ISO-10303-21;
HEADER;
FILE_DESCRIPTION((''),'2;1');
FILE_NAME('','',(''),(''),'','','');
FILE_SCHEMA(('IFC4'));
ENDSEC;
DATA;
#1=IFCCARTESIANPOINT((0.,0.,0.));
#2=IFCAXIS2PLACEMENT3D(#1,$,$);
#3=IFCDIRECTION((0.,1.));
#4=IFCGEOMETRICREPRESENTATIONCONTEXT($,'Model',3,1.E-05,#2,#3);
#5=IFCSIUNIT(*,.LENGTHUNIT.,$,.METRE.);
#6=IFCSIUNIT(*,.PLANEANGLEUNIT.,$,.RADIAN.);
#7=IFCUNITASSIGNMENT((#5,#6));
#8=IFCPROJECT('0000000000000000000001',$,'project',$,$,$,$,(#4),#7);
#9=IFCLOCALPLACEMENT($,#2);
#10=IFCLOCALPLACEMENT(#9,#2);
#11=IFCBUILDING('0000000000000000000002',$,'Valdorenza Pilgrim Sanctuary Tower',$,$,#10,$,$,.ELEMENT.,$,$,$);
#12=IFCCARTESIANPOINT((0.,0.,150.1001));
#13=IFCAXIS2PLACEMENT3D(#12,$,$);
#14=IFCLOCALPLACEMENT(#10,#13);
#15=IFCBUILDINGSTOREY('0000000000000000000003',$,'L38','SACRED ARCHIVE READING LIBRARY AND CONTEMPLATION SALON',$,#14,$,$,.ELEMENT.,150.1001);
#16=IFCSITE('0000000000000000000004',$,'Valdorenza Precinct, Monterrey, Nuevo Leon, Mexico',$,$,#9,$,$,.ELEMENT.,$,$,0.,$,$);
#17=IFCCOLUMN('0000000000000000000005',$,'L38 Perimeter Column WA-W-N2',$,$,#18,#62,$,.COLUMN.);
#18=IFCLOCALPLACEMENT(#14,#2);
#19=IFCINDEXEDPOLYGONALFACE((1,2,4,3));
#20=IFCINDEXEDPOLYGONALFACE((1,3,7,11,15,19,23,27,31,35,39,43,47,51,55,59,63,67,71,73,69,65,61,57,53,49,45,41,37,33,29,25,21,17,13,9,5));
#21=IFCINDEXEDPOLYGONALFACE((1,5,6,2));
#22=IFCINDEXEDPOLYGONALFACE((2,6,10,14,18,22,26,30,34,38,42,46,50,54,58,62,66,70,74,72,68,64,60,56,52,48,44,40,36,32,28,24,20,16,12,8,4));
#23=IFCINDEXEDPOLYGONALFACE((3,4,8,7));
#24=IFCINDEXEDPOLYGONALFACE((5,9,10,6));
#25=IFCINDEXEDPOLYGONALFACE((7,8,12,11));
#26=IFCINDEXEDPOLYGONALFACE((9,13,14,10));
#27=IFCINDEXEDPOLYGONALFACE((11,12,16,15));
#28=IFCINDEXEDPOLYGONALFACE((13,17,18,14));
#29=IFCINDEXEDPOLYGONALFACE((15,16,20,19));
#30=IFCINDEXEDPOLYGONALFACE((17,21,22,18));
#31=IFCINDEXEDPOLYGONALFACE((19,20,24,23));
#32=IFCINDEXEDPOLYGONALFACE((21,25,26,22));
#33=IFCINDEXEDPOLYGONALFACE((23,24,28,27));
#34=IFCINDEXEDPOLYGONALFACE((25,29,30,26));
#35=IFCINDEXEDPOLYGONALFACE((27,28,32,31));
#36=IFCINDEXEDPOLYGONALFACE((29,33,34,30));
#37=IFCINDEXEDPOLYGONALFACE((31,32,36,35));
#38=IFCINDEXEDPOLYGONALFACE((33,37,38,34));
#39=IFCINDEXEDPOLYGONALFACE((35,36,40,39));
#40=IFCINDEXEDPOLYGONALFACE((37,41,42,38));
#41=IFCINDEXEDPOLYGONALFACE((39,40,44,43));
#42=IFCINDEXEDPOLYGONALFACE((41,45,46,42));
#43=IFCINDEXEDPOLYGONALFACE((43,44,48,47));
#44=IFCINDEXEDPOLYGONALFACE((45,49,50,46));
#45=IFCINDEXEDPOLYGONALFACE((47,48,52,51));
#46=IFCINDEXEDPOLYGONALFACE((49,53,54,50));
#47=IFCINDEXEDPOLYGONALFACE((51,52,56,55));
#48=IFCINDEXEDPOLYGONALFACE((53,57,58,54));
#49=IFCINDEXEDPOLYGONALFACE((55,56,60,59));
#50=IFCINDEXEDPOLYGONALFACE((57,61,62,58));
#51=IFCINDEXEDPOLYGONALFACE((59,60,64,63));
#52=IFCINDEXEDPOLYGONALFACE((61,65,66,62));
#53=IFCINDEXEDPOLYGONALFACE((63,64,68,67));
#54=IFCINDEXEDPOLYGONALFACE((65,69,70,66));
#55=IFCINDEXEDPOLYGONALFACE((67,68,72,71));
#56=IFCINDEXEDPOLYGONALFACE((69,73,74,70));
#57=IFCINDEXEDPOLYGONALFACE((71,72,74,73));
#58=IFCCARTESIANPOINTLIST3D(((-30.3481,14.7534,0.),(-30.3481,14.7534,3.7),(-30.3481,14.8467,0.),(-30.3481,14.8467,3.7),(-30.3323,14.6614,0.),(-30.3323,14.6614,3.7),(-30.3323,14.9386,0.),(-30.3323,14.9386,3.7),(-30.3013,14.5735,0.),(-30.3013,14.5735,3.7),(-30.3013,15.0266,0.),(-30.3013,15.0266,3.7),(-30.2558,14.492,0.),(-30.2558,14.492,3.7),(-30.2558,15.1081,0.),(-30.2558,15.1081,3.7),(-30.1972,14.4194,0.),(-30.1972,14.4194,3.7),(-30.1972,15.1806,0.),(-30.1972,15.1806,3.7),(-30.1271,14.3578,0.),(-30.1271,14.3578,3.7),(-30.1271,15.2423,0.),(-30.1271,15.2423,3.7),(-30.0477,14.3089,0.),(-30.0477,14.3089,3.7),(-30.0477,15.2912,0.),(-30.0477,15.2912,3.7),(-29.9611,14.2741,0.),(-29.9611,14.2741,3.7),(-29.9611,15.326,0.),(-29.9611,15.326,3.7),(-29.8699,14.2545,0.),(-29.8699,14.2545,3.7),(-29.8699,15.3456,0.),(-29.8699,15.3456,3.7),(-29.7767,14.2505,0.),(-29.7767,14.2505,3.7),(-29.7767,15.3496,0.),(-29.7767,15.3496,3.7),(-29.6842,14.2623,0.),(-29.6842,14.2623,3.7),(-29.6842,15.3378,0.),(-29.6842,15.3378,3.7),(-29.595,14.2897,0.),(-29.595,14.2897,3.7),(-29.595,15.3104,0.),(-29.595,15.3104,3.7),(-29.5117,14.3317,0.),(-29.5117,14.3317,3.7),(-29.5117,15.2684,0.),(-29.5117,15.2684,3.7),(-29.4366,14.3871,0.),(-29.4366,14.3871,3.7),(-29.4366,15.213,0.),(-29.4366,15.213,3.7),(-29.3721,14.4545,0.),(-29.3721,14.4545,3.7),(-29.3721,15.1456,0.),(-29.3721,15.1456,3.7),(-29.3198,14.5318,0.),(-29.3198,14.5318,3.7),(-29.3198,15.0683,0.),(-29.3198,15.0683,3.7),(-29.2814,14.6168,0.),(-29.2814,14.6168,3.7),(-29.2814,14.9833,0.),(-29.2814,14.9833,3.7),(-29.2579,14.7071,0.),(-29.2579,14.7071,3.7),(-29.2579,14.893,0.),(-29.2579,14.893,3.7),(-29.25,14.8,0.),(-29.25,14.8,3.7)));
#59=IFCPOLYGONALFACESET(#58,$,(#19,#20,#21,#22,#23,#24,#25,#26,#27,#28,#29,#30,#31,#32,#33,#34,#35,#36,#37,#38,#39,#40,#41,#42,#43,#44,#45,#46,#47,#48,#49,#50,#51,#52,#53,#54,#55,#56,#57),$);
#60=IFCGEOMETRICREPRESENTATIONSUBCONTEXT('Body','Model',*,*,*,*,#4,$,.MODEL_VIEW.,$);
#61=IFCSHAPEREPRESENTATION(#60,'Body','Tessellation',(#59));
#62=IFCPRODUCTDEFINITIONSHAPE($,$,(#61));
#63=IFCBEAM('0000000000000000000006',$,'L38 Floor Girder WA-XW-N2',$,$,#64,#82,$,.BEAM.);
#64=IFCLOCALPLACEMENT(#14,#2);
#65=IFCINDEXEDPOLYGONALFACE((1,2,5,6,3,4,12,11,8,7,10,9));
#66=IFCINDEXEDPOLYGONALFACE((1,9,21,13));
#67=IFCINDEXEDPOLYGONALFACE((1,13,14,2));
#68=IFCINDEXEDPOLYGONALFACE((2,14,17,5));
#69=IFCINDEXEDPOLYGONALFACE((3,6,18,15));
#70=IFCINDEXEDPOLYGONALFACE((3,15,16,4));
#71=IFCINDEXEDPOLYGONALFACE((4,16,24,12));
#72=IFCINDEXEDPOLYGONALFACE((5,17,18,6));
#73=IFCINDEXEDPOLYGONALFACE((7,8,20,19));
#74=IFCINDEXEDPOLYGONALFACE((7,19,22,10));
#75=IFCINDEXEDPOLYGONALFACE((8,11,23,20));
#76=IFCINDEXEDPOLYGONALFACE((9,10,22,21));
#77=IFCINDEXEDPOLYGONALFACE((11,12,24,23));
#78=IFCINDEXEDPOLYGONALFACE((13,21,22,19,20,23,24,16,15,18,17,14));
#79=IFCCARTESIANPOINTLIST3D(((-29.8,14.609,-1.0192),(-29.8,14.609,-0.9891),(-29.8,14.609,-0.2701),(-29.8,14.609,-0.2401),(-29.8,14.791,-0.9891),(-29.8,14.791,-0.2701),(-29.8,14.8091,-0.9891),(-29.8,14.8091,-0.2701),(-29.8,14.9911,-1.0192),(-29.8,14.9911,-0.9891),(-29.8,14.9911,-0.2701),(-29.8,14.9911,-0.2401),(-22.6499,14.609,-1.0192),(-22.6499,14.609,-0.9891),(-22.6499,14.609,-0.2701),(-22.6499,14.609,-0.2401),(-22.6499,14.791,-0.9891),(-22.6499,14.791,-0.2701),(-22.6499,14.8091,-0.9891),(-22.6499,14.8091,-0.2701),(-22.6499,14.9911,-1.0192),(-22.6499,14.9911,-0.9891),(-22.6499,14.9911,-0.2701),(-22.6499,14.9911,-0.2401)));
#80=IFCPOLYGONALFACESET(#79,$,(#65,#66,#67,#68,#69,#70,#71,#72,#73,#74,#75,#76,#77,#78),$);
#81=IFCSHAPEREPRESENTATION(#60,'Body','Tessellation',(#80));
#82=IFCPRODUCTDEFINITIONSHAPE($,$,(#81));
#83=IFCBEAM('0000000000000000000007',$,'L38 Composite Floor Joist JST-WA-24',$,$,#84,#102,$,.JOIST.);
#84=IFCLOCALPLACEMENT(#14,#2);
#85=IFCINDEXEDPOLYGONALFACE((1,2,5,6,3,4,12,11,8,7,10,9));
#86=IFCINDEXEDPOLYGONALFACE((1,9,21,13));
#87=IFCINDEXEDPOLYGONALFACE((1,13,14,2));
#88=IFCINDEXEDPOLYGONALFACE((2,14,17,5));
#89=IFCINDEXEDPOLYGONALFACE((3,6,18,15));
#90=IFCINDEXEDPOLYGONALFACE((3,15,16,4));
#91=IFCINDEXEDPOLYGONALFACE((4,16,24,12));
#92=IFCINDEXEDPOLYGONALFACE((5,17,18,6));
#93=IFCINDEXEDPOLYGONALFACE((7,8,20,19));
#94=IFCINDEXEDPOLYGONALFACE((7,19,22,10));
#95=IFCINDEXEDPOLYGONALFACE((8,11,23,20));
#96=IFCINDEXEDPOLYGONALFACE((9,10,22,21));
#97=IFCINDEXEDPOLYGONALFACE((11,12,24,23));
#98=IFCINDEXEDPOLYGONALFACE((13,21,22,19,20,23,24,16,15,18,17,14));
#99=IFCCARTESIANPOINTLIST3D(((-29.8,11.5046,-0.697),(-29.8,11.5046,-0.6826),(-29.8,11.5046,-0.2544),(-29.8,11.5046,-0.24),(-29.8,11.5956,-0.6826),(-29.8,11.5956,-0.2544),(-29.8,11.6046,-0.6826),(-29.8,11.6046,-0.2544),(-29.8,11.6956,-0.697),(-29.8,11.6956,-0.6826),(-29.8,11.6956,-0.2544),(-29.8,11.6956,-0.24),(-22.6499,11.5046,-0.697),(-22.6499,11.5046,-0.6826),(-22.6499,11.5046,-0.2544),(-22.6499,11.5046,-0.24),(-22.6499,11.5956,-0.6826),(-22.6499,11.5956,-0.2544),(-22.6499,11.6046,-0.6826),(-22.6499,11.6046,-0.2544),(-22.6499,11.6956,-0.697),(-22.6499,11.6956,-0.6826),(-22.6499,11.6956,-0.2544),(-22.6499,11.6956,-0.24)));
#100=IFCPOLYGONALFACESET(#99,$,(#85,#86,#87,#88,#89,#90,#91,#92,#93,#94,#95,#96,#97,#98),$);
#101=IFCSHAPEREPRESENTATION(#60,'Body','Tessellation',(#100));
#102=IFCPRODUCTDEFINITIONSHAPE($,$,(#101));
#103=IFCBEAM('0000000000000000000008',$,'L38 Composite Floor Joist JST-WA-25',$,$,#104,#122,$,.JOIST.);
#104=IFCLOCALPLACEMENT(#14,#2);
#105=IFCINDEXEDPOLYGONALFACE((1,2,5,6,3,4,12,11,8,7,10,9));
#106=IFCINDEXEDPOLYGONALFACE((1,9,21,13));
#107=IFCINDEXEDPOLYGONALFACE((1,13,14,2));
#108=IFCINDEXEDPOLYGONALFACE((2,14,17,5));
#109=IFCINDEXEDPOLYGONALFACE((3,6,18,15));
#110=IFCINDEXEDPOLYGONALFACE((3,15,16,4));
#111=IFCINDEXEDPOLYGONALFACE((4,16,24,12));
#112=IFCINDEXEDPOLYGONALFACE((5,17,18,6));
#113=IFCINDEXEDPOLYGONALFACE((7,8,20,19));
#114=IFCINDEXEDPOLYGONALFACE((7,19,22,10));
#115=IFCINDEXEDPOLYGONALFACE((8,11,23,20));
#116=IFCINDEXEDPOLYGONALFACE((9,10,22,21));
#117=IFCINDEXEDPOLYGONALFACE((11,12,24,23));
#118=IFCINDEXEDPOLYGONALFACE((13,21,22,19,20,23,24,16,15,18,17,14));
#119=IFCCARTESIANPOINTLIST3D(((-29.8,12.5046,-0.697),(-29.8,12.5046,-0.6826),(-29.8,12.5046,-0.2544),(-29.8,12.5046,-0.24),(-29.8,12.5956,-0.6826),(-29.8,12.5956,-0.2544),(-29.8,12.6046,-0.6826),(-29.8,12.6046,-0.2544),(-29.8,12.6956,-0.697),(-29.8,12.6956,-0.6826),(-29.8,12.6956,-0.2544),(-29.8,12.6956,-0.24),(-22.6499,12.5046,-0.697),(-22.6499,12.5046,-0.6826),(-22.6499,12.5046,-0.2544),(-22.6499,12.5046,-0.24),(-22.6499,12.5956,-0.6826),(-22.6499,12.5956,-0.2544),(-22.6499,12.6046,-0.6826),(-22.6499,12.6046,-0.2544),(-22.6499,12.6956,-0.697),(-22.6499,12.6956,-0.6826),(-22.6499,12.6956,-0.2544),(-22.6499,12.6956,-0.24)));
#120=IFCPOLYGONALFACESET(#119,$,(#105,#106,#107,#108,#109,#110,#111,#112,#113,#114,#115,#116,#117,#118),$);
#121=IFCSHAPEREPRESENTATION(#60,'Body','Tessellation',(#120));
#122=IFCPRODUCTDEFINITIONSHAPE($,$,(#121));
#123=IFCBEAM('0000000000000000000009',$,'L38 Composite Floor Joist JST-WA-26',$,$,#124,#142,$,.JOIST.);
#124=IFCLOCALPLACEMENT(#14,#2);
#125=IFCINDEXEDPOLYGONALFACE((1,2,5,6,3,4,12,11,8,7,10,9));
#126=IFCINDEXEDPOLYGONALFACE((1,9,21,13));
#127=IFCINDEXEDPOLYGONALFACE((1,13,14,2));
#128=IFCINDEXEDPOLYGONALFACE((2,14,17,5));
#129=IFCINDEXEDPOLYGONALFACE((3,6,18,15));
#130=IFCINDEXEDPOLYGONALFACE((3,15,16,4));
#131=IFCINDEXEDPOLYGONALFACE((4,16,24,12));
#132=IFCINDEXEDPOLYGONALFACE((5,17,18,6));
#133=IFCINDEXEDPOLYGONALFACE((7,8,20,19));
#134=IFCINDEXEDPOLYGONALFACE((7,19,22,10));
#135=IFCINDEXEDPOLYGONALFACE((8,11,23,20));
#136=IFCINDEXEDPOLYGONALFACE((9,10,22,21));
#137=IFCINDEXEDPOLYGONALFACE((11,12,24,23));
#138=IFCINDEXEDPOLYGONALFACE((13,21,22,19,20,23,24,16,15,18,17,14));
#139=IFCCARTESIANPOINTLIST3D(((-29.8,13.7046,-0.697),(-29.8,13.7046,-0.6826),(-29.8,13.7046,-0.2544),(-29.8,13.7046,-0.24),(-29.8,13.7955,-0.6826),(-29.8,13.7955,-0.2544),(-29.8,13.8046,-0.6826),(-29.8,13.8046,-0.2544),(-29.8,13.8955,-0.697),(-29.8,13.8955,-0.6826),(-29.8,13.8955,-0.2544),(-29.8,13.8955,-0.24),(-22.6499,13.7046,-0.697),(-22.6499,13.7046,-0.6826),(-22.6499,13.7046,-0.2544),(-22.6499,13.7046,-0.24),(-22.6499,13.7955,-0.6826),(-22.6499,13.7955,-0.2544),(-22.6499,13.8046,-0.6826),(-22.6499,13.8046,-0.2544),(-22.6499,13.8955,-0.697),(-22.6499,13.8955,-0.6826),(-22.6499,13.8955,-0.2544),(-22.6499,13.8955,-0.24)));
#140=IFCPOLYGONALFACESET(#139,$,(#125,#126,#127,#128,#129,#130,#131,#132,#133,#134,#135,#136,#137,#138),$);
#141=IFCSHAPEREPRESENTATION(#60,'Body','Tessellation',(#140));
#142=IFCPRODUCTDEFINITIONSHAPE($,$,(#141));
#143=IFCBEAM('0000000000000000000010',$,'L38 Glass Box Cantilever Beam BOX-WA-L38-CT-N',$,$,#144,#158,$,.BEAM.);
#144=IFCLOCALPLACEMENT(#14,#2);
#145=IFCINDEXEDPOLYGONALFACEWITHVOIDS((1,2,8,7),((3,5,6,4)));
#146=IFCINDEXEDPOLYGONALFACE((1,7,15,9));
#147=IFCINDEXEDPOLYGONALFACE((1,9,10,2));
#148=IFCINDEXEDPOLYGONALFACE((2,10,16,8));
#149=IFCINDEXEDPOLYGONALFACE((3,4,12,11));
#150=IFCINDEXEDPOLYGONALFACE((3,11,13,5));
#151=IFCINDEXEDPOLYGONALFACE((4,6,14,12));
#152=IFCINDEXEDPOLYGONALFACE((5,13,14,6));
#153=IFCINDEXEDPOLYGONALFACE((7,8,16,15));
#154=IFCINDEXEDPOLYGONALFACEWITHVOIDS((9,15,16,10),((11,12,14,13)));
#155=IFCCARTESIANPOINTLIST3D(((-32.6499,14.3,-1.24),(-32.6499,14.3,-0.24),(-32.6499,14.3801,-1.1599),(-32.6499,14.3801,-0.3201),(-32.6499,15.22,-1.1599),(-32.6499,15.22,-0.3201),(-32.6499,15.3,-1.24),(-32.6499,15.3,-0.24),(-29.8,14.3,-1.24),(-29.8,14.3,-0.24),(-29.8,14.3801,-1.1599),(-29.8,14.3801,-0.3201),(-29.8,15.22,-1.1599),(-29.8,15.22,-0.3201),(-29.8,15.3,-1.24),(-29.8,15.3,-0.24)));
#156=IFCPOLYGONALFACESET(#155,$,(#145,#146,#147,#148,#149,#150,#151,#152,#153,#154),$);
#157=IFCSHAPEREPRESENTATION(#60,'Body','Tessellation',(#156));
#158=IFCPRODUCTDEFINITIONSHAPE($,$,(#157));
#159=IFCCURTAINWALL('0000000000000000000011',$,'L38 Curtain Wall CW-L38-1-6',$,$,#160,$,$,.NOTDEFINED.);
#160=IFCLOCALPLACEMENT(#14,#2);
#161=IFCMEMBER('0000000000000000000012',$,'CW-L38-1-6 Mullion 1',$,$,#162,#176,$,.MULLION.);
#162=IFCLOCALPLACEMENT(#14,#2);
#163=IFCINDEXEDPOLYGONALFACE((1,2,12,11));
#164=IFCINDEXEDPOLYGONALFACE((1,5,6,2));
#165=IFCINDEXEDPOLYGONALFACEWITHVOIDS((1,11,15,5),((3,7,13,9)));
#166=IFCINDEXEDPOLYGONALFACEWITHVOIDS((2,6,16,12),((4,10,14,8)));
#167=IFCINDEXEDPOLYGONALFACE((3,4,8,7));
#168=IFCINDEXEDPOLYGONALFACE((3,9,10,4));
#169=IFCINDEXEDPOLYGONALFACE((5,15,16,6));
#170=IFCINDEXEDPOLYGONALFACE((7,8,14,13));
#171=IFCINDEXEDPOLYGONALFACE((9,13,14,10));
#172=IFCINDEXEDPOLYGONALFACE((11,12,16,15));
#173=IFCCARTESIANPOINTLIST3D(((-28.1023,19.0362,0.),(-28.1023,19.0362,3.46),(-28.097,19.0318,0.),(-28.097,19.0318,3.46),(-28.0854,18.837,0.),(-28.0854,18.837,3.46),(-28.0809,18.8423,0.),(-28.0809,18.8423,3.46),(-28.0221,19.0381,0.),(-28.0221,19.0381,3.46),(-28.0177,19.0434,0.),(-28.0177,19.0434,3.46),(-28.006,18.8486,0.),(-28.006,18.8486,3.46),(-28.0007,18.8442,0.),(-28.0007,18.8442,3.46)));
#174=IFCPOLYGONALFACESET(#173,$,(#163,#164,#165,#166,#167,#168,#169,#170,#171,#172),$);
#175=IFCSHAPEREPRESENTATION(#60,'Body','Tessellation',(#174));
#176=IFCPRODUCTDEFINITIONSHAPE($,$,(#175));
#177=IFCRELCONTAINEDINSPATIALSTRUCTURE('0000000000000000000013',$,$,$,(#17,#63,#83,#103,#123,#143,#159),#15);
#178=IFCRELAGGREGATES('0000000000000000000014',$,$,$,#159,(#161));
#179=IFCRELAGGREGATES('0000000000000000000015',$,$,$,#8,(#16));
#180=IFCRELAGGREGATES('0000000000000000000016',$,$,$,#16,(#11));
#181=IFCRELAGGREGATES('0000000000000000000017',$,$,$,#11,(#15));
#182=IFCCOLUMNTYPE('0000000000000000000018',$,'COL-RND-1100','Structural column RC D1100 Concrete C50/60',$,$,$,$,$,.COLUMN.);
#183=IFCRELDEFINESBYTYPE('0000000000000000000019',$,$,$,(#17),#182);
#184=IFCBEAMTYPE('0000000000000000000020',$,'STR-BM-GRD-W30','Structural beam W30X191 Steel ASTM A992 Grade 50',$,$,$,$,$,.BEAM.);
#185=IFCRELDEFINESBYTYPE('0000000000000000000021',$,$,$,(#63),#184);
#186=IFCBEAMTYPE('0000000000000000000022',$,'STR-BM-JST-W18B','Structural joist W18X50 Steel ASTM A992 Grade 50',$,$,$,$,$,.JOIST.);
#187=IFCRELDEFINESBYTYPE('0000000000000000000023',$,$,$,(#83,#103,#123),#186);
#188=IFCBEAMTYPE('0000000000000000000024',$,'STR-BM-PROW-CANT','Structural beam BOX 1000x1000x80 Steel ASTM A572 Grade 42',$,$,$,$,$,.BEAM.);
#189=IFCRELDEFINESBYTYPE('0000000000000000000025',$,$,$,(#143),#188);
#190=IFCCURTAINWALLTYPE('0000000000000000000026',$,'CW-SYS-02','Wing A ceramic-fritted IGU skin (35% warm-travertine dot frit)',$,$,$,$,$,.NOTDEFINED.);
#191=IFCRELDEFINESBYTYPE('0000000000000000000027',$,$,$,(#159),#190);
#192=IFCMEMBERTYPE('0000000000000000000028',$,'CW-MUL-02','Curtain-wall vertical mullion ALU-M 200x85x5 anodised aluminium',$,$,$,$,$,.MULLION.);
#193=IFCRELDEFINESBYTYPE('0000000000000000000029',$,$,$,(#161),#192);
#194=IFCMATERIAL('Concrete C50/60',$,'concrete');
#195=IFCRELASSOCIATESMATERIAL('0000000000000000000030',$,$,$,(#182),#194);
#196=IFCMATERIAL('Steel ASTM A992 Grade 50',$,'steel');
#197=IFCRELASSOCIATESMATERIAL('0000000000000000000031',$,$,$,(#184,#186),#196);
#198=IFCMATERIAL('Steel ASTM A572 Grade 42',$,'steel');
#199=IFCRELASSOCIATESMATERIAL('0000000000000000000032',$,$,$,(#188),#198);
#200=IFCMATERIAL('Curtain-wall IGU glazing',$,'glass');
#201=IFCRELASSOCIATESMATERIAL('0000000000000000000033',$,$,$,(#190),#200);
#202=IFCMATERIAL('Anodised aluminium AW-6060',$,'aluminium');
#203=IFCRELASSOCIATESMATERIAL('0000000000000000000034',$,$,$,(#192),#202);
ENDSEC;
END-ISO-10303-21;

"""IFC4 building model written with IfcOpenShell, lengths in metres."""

from ifc_helpers import new_model, si_unit, direction, frame, origin, origin_2d, place, context, subcontext, project, spatial, hollow_rectangle, circle, i_section, extrude, source, transform, mapped, material, material_profile, profile_set, type_object, element, aggregate, save


model = new_model("IFC4")

# Units and contexts
model_context = context("Model", 3, precision=1e-05, world=origin(), true_north=direction((0.0, 1.0)))
body_context = subcontext(model_context, "Body", "Model", "MODEL_VIEW")
ifc_project = project(units=[si_unit("LENGTHUNIT", "METRE"), si_unit("PLANEANGLEUNIT", "RADIAN")], contexts=[model_context])

# Site, building, storey
site_placement = place(None, origin())
site = spatial("IfcSite", under=ifc_project, at=site_placement, Name="Valdorenza Precinct, Monterrey, Nuevo Leon, Mexico", CompositionType="ELEMENT", RefElevation=0.0)
building_placement = place(site_placement, origin())
building = spatial("IfcBuilding", under=site, at=building_placement, Name="Valdorenza Pilgrim Sanctuary Tower", CompositionType="ELEMENT")
storey_placement = place(building_placement, frame((0.0, 0.0, 150.1001)))
storey = spatial("IfcBuildingStorey", under=building, at=storey_placement, Name="L38", Description="SACRED ARCHIVE READING LIBRARY AND CONTEMPLATION SALON", CompositionType="ELEMENT", Elevation=150.1001)

# Column
ifc_material_1 = material(Name="Concrete C50/60", Category="concrete")
ifc_material_profile_1 = material_profile(ifc_material_1, circle(Radius=0.55, at=origin_2d()), Name="RC D1100")
ifc_profile_set_1 = profile_set([ifc_material_profile_1], Name="Concrete C50/60")
column_type = type_object("IfcColumnType", Name="COL-RND-1100", Description="Structural column RC D1100 Concrete C50/60", PredefinedType="COLUMN", material=ifc_profile_set_1)
shared_shape_1 = source(origin(), body_context, "Body", "SweptSolid", [
    extrude(circle(Radius=0.55, at=origin_2d()), origin(), (0.0, 0.0, 1.0), 3.7),
])
column_placement = place(storey_placement, frame((-29.8, 14.8, 0.0), z_axis=(0.0, 0.0, 1.0), x_axis=(1.0, 0.0, 0.0)))
element("IfcColumn", 1, at=column_placement, inside=storey, type_object=column_type, Name="L38 Perimeter Column WA-W-N2", PredefinedType="COLUMN", context=body_context, shape_type="MappedRepresentation", body=[
    mapped(shared_shape_1, transform((0.0, 0.0, 0.0), x_axis=(1.0, 0.0, 0.0), y_axis=(0.0, 1.0, 0.0), z_axis=(0.0, 0.0, 1.0), scale=1.0)),
])

# Beams
ifc_material_2 = material(Name="Steel ASTM A992 Grade 50", Category="steel")
ifc_material_profile_2 = material_profile(ifc_material_2, i_section(OverallWidth=0.3821, OverallDepth=0.7791, WebThickness=0.0181, FlangeThickness=0.03, at=origin_2d()), Name="W30X191")
ifc_profile_set_2 = profile_set([ifc_material_profile_2], Name="Steel ASTM A992 Grade 50")
beam_type_1 = type_object("IfcBeamType", Name="STR-BM-GRD-W30", Description="Structural beam W30X191 Steel ASTM A992 Grade 50", PredefinedType="BEAM", material=ifc_profile_set_2)
shared_shape_2 = source(origin(), body_context, "Body", "SweptSolid", [
    extrude(i_section(OverallWidth=0.3821, OverallDepth=0.7791, WebThickness=0.0181, FlangeThickness=0.03, at=origin_2d()), origin(), (0.0, 0.0, 1.0), 7.1501),
])
beam_1_placement = place(storey_placement, frame((-29.8, 14.8, -0.6296), z_axis=(1.0, 0.0, 0.0), x_axis=(0.0, 1.0, 0.0)))
element("IfcBeam", 2, at=beam_1_placement, inside=storey, type_object=beam_type_1, Name="L38 Floor Girder WA-XW-N2", PredefinedType="BEAM", context=body_context, shape_type="MappedRepresentation", body=[
    mapped(shared_shape_2, transform((0.0, 0.0, 0.0), x_axis=(1.0, 0.0, 0.0), y_axis=(0.0, 1.0, 0.0), z_axis=(0.0, 0.0, 1.0), scale=1.0)),
])
ifc_material_profile_3 = material_profile(ifc_material_2, i_section(OverallWidth=0.1909, OverallDepth=0.457, WebThickness=0.009, FlangeThickness=0.0144, at=origin_2d()), Name="W18X50")
ifc_profile_set_3 = profile_set([ifc_material_profile_3], Name="Steel ASTM A992 Grade 50")
beam_type_2 = type_object("IfcBeamType", Name="STR-BM-JST-W18B", Description="Structural joist W18X50 Steel ASTM A992 Grade 50", PredefinedType="JOIST", material=ifc_profile_set_3)
shared_shape_3 = source(origin(), body_context, "Body", "SweptSolid", [
    extrude(i_section(OverallWidth=0.1909, OverallDepth=0.457, WebThickness=0.009, FlangeThickness=0.0144, at=origin_2d()), origin(), (0.0, 0.0, 1.0), 7.1501),
])
for number, where, z_axis, x_axis, name in (
    (3, (-29.8, 11.6001, -0.4685), (1.0, 0.0, 0.0), (0.0, 1.0, 0.0), "L38 Composite Floor Joist JST-WA-24"),
    (4, (-29.8, 12.6001, -0.4685), (1.0, 0.0, 0.0), (0.0, 1.0, 0.0), "L38 Composite Floor Joist JST-WA-25"),
    (5, (-29.8, 13.8, -0.4685), (1.0, 0.0, 0.0), (0.0, 1.0, 0.0), "L38 Composite Floor Joist JST-WA-26"),
):
    element("IfcBeam", number, at=place(storey_placement, frame(where, z_axis=z_axis, x_axis=x_axis)), inside=storey, type_object=beam_type_2, Name=name, PredefinedType="JOIST", context=body_context, shape_type="MappedRepresentation", body=[
        mapped(shared_shape_3, transform((0.0, 0.0, 0.0), x_axis=(1.0, 0.0, 0.0), y_axis=(0.0, 1.0, 0.0), z_axis=(0.0, 0.0, 1.0), scale=1.0)),
    ])
ifc_material_3 = material(Name="Steel ASTM A572 Grade 42", Category="steel")
ifc_material_profile_4 = material_profile(ifc_material_3, hollow_rectangle(XDim=1.0, YDim=1.0, WallThickness=0.0801, at=origin_2d()), Name="BOX 1000x1000x80")
ifc_profile_set_4 = profile_set([ifc_material_profile_4], Name="Steel ASTM A572 Grade 42")
beam_type_3 = type_object("IfcBeamType", Name="STR-BM-PROW-CANT", Description="Structural beam BOX 1000x1000x80 Steel ASTM A572 Grade 42", PredefinedType="BEAM", material=ifc_profile_set_4)
shared_shape_4 = source(origin(), body_context, "Body", "SweptSolid", [
    extrude(hollow_rectangle(XDim=1.0, YDim=1.0, WallThickness=0.0801, at=origin_2d()), origin(), (0.0, 0.0, 1.0), 2.8499),
])
beam_2_placement = place(storey_placement, frame((-29.8, 14.8, -0.74), z_axis=(-1.0, 0.0, 0.0), x_axis=(0.0, -1.0, 0.0)))
element("IfcBeam", 6, at=beam_2_placement, inside=storey, type_object=beam_type_3, Name="L38 Glass Box Cantilever Beam BOX-WA-L38-CT-N", PredefinedType="BEAM", context=body_context, shape_type="MappedRepresentation", body=[
    mapped(shared_shape_4, transform((0.0, 0.0, 0.0), x_axis=(1.0, 0.0, 0.0), y_axis=(0.0, 1.0, 0.0), z_axis=(0.0, 0.0, 1.0), scale=1.0)),
])

# Curtain wall, member
ifc_material_4 = material(Name="Curtain-wall IGU glazing", Category="glass")
curtain_wall_type = type_object("IfcCurtainWallType", Name="CW-SYS-02", Description="Wing A ceramic-fritted IGU skin (35% warm-travertine dot frit)", PredefinedType="NOTDEFINED", material=ifc_material_4)
curtain_wall_1_placement = place(storey_placement, origin())
curtain_wall_1 = element("IfcCurtainWall", 7, at=curtain_wall_1_placement, inside=storey, type_object=curtain_wall_type, Name="L38 Curtain Wall CW-L38-1-6", PredefinedType="NOTDEFINED")
ifc_material_5 = material(Name="Anodised aluminium AW-6060", Category="aluminium")
ifc_material_profile_5 = material_profile(ifc_material_5, hollow_rectangle(XDim=0.085, YDim=0.2, WallThickness=0.0049, at=origin_2d()), Name="ALU-M 200x85x5")
ifc_profile_set_5 = profile_set([ifc_material_profile_5], Name="Anodised aluminium AW-6060")
member_type_1 = type_object("IfcMemberType", Name="CW-MUL-02", Description="Curtain-wall vertical mullion ALU-M 200x85x5 anodised aluminium", PredefinedType="MULLION", material=ifc_profile_set_5)
shared_shape_5 = source(origin(), body_context, "Body", "SweptSolid", [
    extrude(hollow_rectangle(XDim=0.085, YDim=0.2, WallThickness=0.0049, at=origin_2d()), origin(), (0.0, 0.0, 1.0), 3.46),
])
member_1_placement = place(storey_placement, frame((-28.0515, 18.9402, 0.0), z_axis=(0.0, 0.0, 1.0), x_axis=(0.996408, 0.084687, 0.0)))
member_1 = element("IfcMember", 8, at=member_1_placement, type_object=member_type_1, Name="CW-L38-1-6 Mullion 1", PredefinedType="MULLION", context=body_context, shape_type="MappedRepresentation", body=[
    mapped(shared_shape_5, transform((0.0, 0.0, 0.0), x_axis=(1.0, 0.0, 0.0), y_axis=(0.0, 1.0, 0.0), z_axis=(0.0, 0.0, 1.0), scale=1.0)),
])

aggregate(curtain_wall_1, [member_1])

save(model, "model.ifc")
